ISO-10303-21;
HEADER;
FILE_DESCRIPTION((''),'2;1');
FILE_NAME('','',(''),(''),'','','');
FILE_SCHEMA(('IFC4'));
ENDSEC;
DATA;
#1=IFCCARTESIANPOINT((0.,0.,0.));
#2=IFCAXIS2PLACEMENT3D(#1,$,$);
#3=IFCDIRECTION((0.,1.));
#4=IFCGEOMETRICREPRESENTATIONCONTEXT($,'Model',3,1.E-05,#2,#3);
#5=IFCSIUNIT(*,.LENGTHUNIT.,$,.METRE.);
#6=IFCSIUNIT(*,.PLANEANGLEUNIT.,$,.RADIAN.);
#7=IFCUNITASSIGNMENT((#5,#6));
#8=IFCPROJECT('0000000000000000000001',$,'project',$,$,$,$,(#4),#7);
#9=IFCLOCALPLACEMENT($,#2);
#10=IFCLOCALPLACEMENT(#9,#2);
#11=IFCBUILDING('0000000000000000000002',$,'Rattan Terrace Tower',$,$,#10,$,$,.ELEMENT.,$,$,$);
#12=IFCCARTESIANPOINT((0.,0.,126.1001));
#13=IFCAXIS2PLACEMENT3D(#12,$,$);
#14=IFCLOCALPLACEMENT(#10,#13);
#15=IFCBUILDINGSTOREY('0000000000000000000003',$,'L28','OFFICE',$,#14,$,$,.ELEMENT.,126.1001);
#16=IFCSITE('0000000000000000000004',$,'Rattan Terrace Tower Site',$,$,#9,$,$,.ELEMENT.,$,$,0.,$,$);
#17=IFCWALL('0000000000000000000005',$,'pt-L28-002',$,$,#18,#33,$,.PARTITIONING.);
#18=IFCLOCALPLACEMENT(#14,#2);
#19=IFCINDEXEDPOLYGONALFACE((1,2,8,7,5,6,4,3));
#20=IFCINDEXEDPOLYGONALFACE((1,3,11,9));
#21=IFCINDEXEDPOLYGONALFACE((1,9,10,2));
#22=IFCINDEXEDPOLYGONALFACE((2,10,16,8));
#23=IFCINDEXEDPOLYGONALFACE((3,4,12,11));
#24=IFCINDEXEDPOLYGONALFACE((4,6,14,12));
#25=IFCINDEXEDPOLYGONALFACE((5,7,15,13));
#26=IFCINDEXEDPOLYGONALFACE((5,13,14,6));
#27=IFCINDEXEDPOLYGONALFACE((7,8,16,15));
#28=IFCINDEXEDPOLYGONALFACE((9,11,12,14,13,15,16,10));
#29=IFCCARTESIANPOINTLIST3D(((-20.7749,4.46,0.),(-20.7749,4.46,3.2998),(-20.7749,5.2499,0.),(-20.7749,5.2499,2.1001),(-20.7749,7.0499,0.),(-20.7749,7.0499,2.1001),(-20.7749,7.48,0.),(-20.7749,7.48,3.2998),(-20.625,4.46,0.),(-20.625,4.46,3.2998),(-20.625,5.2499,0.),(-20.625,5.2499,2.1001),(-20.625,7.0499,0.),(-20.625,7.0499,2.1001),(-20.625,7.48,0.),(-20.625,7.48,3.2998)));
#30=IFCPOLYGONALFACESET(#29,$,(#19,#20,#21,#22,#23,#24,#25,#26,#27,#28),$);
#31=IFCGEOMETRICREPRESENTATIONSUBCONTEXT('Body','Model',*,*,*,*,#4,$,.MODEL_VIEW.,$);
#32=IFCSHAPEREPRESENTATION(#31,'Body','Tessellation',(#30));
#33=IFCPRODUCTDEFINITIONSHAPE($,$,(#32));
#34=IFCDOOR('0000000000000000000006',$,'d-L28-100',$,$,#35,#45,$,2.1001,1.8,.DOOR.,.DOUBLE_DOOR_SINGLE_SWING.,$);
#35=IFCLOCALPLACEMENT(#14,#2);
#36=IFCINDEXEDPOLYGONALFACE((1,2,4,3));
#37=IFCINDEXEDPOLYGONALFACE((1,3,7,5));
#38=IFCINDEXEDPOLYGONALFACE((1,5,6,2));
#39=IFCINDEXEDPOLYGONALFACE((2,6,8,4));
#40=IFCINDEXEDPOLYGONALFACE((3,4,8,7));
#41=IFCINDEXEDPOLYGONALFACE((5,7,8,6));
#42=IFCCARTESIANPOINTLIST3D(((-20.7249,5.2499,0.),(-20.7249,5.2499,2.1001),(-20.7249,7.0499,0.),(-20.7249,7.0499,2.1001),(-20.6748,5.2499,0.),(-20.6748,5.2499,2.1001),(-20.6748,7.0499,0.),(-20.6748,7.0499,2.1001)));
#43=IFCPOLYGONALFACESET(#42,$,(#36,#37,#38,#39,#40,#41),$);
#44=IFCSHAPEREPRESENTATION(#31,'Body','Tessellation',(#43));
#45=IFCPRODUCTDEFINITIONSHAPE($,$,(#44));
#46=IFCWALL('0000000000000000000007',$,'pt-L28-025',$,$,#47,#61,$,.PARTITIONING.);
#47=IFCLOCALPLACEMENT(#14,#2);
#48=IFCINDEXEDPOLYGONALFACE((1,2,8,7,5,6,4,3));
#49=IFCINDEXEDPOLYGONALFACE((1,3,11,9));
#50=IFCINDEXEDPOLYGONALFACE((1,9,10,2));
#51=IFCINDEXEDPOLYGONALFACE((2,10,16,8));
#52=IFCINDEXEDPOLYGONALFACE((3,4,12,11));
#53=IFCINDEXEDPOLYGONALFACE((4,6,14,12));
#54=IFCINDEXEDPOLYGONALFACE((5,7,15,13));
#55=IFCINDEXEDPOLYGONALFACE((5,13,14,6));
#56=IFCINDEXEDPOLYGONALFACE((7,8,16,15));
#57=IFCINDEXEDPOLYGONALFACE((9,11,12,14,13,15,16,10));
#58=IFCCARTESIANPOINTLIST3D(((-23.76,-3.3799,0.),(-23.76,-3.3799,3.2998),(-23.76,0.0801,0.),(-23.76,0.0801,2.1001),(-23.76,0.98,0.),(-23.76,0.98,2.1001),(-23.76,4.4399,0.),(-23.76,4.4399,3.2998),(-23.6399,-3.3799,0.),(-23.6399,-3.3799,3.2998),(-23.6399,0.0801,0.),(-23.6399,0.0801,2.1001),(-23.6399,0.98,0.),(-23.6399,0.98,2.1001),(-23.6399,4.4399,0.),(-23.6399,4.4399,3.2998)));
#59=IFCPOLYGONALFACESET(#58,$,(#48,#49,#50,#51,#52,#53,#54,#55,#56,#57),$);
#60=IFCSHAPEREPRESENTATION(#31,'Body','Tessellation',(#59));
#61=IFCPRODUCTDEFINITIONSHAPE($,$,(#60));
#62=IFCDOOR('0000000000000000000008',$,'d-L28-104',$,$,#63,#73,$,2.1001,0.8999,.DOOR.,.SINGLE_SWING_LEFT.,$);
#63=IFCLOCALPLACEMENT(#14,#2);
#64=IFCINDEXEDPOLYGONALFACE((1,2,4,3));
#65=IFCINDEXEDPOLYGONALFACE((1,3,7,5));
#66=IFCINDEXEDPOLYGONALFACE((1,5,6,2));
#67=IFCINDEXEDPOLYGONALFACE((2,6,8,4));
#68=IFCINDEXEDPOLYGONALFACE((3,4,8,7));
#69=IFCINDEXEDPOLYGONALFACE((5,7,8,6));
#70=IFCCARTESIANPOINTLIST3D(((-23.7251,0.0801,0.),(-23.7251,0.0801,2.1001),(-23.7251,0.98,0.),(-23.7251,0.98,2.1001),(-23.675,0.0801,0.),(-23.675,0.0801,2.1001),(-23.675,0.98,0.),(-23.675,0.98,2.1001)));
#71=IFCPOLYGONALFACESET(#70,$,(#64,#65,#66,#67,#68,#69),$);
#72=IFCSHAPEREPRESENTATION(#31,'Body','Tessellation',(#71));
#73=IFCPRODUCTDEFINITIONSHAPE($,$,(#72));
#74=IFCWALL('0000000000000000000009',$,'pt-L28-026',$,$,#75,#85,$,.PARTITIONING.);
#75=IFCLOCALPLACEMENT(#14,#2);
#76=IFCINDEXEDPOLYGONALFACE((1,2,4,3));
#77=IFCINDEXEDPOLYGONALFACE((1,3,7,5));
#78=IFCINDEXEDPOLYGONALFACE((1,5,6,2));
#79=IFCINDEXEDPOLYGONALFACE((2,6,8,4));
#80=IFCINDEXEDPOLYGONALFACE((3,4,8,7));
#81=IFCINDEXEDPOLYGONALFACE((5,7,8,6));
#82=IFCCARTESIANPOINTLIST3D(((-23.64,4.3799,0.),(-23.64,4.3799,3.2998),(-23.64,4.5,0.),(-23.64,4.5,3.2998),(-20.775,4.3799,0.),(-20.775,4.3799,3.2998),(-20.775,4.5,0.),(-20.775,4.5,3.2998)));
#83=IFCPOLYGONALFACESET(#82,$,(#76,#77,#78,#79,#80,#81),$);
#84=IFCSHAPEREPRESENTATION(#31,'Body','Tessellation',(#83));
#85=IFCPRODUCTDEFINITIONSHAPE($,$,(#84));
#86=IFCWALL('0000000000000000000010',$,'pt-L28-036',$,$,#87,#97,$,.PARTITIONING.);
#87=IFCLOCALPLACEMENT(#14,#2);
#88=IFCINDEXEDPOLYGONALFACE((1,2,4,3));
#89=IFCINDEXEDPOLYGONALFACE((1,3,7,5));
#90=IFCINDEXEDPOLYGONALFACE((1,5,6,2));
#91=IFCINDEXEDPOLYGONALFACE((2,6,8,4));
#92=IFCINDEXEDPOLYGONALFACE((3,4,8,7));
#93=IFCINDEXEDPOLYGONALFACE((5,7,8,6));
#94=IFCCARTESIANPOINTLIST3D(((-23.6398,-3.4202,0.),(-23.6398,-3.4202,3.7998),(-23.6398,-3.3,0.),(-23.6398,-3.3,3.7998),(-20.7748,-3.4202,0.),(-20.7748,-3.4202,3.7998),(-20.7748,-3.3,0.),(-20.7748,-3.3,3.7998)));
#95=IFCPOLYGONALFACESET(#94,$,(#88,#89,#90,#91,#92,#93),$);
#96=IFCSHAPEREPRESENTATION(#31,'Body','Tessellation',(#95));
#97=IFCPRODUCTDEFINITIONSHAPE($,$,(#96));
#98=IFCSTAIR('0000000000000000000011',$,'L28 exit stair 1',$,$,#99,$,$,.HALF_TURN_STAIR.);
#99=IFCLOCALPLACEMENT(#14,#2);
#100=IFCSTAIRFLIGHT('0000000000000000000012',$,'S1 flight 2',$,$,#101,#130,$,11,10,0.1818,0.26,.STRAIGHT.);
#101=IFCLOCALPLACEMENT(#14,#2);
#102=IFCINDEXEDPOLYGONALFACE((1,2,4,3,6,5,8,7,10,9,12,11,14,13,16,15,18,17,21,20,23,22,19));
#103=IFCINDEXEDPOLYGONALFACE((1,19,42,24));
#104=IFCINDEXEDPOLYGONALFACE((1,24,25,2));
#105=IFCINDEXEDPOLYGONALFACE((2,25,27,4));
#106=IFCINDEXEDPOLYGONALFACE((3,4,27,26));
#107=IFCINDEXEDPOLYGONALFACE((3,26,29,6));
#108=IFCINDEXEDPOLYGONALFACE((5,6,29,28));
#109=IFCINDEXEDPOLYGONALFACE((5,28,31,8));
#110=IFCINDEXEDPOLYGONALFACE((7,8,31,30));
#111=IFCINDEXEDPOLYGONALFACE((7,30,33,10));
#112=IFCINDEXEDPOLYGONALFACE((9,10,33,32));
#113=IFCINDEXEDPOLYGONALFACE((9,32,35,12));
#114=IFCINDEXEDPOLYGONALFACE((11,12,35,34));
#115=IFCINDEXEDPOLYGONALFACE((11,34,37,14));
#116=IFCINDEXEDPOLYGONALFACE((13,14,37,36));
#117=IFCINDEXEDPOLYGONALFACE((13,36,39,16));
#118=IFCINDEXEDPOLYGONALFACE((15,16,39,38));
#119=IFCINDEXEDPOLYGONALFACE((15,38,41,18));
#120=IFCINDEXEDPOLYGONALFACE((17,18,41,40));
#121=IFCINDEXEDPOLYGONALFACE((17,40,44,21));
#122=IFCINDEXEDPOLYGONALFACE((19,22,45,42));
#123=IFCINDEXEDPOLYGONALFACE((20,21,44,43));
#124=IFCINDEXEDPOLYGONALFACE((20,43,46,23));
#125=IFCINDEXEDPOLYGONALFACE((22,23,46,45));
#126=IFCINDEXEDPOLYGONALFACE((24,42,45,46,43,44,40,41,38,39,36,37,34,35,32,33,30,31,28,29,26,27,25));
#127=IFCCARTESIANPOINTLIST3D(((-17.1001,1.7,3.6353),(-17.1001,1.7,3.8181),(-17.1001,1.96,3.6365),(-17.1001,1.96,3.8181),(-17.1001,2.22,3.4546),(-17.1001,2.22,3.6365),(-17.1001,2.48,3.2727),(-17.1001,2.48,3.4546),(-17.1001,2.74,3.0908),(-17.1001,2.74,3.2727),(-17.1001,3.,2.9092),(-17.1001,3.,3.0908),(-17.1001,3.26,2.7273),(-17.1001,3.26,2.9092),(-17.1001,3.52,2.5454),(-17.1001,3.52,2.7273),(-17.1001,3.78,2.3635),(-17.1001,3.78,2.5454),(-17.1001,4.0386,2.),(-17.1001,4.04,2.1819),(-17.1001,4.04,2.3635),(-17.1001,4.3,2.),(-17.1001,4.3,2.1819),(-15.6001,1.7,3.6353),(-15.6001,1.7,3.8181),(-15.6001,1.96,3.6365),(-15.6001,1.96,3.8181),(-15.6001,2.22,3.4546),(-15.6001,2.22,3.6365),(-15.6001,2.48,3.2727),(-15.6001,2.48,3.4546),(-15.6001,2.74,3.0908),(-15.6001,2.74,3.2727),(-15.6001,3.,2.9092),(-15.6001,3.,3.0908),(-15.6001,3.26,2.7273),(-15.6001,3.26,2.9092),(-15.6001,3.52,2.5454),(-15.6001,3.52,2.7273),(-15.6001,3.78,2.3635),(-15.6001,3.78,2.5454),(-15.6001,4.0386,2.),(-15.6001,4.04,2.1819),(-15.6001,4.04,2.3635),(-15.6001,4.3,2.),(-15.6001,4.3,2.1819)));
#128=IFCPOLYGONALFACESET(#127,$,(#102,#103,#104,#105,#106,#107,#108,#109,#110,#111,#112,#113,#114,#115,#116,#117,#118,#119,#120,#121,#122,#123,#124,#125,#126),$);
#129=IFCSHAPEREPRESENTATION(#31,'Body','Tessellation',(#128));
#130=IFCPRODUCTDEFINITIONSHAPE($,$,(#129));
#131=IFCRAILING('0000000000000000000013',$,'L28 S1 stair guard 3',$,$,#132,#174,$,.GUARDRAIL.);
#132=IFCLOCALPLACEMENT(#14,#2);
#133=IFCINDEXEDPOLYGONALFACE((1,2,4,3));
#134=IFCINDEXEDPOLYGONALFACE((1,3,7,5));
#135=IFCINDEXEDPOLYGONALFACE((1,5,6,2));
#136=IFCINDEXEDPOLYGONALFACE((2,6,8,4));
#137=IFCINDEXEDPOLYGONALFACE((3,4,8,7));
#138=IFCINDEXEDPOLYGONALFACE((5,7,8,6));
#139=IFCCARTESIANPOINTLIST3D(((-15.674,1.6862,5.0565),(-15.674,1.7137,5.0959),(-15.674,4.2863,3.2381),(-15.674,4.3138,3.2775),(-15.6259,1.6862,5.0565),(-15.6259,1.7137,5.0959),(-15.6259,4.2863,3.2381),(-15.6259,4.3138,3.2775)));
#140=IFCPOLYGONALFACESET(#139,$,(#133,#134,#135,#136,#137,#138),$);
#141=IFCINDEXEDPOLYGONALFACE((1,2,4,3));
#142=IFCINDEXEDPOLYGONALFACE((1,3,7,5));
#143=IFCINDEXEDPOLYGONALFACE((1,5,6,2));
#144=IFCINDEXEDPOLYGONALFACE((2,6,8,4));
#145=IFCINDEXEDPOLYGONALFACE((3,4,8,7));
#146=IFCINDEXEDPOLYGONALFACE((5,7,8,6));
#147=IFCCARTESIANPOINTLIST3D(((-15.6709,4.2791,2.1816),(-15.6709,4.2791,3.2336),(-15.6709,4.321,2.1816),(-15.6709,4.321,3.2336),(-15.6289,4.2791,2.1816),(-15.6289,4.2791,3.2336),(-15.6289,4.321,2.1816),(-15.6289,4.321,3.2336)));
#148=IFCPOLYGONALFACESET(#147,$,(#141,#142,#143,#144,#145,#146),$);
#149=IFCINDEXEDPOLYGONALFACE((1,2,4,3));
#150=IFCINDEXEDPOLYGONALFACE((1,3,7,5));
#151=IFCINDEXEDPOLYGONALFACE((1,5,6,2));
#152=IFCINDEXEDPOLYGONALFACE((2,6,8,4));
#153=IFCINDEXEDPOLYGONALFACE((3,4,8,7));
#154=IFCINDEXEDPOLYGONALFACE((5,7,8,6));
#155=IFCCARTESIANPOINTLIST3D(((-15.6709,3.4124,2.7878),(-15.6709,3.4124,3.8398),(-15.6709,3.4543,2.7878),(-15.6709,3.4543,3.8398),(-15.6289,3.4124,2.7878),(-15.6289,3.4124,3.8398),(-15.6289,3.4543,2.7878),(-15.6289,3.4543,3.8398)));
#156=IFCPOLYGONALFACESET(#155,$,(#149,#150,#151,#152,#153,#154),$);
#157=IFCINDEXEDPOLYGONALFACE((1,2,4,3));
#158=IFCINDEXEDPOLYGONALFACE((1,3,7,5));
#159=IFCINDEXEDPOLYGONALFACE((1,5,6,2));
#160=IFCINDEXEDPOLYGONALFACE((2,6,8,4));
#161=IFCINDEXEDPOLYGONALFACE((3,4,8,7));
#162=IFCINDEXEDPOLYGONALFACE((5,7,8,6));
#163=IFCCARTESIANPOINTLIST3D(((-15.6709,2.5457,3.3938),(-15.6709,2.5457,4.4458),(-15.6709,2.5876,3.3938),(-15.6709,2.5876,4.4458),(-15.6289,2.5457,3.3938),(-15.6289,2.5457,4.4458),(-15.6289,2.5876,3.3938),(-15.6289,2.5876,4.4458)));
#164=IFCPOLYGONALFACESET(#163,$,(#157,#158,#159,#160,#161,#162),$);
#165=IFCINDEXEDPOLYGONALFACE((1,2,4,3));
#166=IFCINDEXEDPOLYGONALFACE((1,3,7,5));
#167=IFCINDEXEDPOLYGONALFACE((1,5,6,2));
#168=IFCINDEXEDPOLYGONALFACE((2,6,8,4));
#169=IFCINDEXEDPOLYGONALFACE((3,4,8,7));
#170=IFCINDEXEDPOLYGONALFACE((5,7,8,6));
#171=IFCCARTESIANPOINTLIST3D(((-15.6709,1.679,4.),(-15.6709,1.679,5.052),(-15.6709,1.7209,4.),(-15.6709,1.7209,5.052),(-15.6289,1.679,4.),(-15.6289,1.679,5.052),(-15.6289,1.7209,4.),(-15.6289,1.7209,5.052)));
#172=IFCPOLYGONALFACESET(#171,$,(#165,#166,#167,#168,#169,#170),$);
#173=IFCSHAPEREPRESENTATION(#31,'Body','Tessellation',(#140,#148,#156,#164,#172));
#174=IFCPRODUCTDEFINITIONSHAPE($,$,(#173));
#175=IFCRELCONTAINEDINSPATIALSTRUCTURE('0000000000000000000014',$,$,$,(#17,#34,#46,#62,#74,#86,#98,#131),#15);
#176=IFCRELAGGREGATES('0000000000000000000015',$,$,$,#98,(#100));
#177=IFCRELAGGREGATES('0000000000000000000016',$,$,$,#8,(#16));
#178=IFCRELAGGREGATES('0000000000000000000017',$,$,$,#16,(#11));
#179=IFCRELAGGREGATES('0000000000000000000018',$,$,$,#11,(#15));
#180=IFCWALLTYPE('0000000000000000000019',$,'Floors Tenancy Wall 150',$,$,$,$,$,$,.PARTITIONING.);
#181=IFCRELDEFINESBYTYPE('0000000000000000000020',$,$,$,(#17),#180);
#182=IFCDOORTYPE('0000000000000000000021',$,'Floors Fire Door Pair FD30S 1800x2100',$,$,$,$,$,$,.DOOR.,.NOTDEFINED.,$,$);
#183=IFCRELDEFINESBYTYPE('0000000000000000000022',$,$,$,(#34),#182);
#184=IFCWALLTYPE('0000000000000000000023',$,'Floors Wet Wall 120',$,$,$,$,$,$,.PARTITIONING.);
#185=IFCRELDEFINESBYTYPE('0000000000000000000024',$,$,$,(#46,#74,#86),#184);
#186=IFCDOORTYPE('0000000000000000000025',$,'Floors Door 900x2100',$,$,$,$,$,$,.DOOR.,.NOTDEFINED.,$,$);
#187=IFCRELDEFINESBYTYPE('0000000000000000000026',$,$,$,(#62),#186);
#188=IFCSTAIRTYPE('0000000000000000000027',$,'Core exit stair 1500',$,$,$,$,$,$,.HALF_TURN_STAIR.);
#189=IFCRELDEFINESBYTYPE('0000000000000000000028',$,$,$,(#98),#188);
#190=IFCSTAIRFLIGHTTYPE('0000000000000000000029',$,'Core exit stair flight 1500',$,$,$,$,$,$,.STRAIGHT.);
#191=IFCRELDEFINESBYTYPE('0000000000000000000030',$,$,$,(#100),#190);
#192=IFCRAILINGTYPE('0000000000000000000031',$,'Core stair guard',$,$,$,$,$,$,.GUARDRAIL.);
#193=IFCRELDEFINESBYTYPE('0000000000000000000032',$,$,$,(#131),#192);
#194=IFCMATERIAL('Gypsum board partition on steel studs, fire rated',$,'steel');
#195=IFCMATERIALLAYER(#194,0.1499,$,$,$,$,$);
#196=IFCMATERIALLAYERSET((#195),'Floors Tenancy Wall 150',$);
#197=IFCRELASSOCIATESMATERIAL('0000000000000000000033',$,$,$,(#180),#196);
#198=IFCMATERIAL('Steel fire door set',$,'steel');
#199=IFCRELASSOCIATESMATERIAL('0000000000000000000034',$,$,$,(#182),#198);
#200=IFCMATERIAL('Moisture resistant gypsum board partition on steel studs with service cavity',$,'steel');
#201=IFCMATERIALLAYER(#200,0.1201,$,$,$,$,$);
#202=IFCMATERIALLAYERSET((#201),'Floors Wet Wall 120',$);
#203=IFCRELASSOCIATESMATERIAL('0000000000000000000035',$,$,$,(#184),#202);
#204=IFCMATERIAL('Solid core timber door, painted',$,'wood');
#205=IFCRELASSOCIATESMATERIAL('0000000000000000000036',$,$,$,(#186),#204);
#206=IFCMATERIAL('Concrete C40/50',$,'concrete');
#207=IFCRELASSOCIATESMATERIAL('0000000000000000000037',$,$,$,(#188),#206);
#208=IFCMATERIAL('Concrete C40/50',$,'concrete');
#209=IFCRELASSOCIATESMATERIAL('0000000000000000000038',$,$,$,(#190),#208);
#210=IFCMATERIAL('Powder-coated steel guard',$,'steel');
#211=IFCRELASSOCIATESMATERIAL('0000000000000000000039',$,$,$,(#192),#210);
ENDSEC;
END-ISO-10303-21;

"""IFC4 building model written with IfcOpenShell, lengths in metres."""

from ifc_helpers import new_model, si_unit, direction, frame, frame_2d, origin, origin_2d, place, context, subcontext, project, spatial, polyline, rectangle, outline, extrude, material, layer, layer_set, type_object, element, fill, aggregate, save


model = new_model("IFC4")

# Units and contexts
model_context = context("Model", 3, precision=1e-05, world=origin(), true_north=direction((0.0, 1.0)))
body_context = subcontext(model_context, "Body", "Model", "MODEL_VIEW")
ifc_project = project(units=[si_unit("LENGTHUNIT", "METRE"), si_unit("PLANEANGLEUNIT", "RADIAN")], contexts=[model_context])

# Site, building, storey
site_placement = place(None, origin())
site = spatial("IfcSite", under=ifc_project, at=site_placement, Name="Rattan Terrace Tower Site", CompositionType="ELEMENT", RefElevation=0.0)
building_placement = place(site_placement, origin())
building = spatial("IfcBuilding", under=site, at=building_placement, Name="Rattan Terrace Tower", CompositionType="ELEMENT")
storey_placement = place(building_placement, frame((0.0, 0.0, 126.1001)))
storey = spatial("IfcBuildingStorey", under=building, at=storey_placement, Name="L28", Description="OFFICE", CompositionType="ELEMENT", Elevation=126.1001)

# Walls, openings, doors
ifc_material_1 = material(Name="Gypsum board partition on steel studs, fire rated", Category="steel")
ifc_layer_1 = layer(ifc_material_1, 0.1499)
ifc_layer_set_1 = layer_set([ifc_layer_1], Name="Floors Tenancy Wall 150")
wall_type_1 = type_object("IfcWallType", Name="Floors Tenancy Wall 150", PredefinedType="PARTITIONING", material=ifc_layer_set_1)
wall_1_placement = place(storey_placement, frame((-20.7, 4.46, 0.0), z_axis=(0.0, 0.0, 1.0), x_axis=(0.0, 1.0, 0.0)))
wall_1 = element("IfcWall", 1, at=wall_1_placement, inside=storey, type_object=wall_type_1, Name="pt-L28-002", PredefinedType="PARTITIONING", context=body_context, shape_type="SweptSolid", body=[
    extrude(rectangle(XDim=3.02, YDim=0.1499, at=frame_2d((1.51, 0.0))), origin(), (0.0, 0.0, 1.0), 3.2998),
])
opening_1_placement = place(wall_1_placement, frame((0.79, 0.0, 0.0)))
opening_1 = element("IfcOpeningElement", 2, at=opening_1_placement, cuts=wall_1, PredefinedType="OPENING", context=body_context, shape_type="SweptSolid", body=[
    extrude(rectangle(XDim=1.8, YDim=2.1001, at=frame_2d((0.8999, 1.05))), frame((0.0, 0.0854, 0.0), z_axis=(0.0, -1.0, 0.0), x_axis=(1.0, 0.0, 0.0)), (0.0, 0.0, 1.0), 0.1709),
])
ifc_material_2 = material(Name="Steel fire door set", Category="steel")
door_type_1 = type_object("IfcDoorType", Name="Floors Fire Door Pair FD30S 1800x2100", OperationType="NOTDEFINED", PredefinedType="DOOR", material=ifc_material_2)
door_1_placement = place(opening_1_placement, origin())
door_1 = element("IfcDoor", 3, at=door_1_placement, inside=storey, type_object=door_type_1, Name="d-L28-100", OperationType="DOUBLE_DOOR_SINGLE_SWING", OverallHeight=2.1001, OverallWidth=1.8, PredefinedType="DOOR", context=body_context, shape_type="SweptSolid", body=[
    extrude(rectangle(XDim=1.8, YDim=2.1001, at=frame_2d((0.8999, 1.05))), frame((0.0, 0.0249, 0.0), z_axis=(0.0, -1.0, 0.0), x_axis=(1.0, 0.0, 0.0)), (0.0, 0.0, 1.0), 0.05),
])
fill(opening_1, door_1)
ifc_material_3 = material(Name="Moisture resistant gypsum board partition on steel studs with service cavity", Category="steel")
ifc_layer_2 = layer(ifc_material_3, 0.1201)
ifc_layer_set_2 = layer_set([ifc_layer_2], Name="Floors Wet Wall 120")
wall_type_2 = type_object("IfcWallType", Name="Floors Wet Wall 120", PredefinedType="PARTITIONING", material=ifc_layer_set_2)
wall_2_placement = place(storey_placement, frame((-23.7, 4.4399, 0.0), z_axis=(0.0, 0.0, 1.0), x_axis=(0.0, -1.0, 0.0)))
wall_2 = element("IfcWall", 4, at=wall_2_placement, inside=storey, type_object=wall_type_2, Name="pt-L28-025", PredefinedType="PARTITIONING", context=body_context, shape_type="SweptSolid", body=[
    extrude(rectangle(XDim=7.8198, YDim=0.1201, at=frame_2d((3.9099, 0.0))), origin(), (0.0, 0.0, 1.0), 3.2998),
])
opening_2_placement = place(wall_2_placement, frame((3.46, 0.0, 0.0)))
opening_2 = element("IfcOpeningElement", 5, at=opening_2_placement, cuts=wall_2, PredefinedType="OPENING", context=body_context, shape_type="SweptSolid", body=[
    extrude(rectangle(XDim=0.8999, YDim=2.1001, at=frame_2d((0.45, 1.05))), frame((0.0, 0.0706, 0.0), z_axis=(0.0, -1.0, 0.0), x_axis=(1.0, 0.0, 0.0)), (0.0, 0.0, 1.0), 0.1411),
])
ifc_material_4 = material(Name="Solid core timber door, painted", Category="wood")
door_type_2 = type_object("IfcDoorType", Name="Floors Door 900x2100", OperationType="NOTDEFINED", PredefinedType="DOOR", material=ifc_material_4)
door_2_placement = place(opening_2_placement, origin())
door_2 = element("IfcDoor", 6, at=door_2_placement, inside=storey, type_object=door_type_2, Name="d-L28-104", OperationType="SINGLE_SWING_LEFT", OverallHeight=2.1001, OverallWidth=0.8999, PredefinedType="DOOR", context=body_context, shape_type="SweptSolid", body=[
    extrude(rectangle(XDim=0.8999, YDim=2.1001, at=frame_2d((0.45, 1.05))), frame((0.0, 0.0249, 0.0), z_axis=(0.0, -1.0, 0.0), x_axis=(1.0, 0.0, 0.0)), (0.0, 0.0, 1.0), 0.05),
])
fill(opening_2, door_2)

# Walls
wall_3_placement = place(storey_placement, frame((-20.7749, 4.4399, 0.0), z_axis=(0.0, 0.0, 1.0), x_axis=(-1.0, 0.0, 0.0)))
element("IfcWall", 7, at=wall_3_placement, inside=storey, type_object=wall_type_2, Name="pt-L28-026", PredefinedType="PARTITIONING", context=body_context, shape_type="SweptSolid", body=[
    extrude(rectangle(XDim=2.865, YDim=0.1201, at=frame_2d((1.4326, 0.0))), origin(), (0.0, 0.0, 1.0), 3.2998),
])
wall_4_placement = place(storey_placement, frame((-23.6399, -3.3601, 0.0), z_axis=(0.0, 0.0, 1.0), x_axis=(1.0, 0.0, 0.0)))
element("IfcWall", 8, at=wall_4_placement, inside=storey, type_object=wall_type_2, Name="pt-L28-036", PredefinedType="PARTITIONING", context=body_context, shape_type="SweptSolid", body=[
    extrude(rectangle(XDim=2.865, YDim=0.1201, at=frame_2d((1.4326, 0.0))), origin(), (0.0, 0.0, 1.0), 3.7998),
])

# Stair, stair flight
ifc_material_5 = material(Name="Concrete C40/50", Category="concrete")
stair_type = type_object("IfcStairType", Name="Core exit stair 1500", PredefinedType="HALF_TURN_STAIR", material=ifc_material_5)
stair_placement = place(storey_placement, origin())
stair = element("IfcStair", 9, at=stair_placement, inside=storey, type_object=stair_type, Name="L28 exit stair 1", PredefinedType="HALF_TURN_STAIR")
ifc_material_6 = material(Name="Concrete C40/50", Category="concrete")
stair_flight_type = type_object("IfcStairFlightType", Name="Core exit stair flight 1500", PredefinedType="STRAIGHT", material=ifc_material_6)
stair_flight_placement = place(storey_placement, frame((-16.3501, 4.3, 2.0), z_axis=(0.0, 0.0, 1.0), x_axis=(0.0, -1.0, 0.0)))
stair_flight = element("IfcStairFlight", 10, at=stair_flight_placement, type_object=stair_flight_type, Name="S1 flight 2", NumberOfRisers=11, NumberOfTreads=10, PredefinedType="STRAIGHT", RiserHeight=0.1818, TreadLength=0.26, context=body_context, shape_type="SweptSolid", body=[
    extrude(outline(polyline([(0.0, 0.0), (0.0, 0.1819), (0.26, 0.1819), (0.26, 0.3635), (0.52, 0.3635), (0.52, 0.5454), (0.78, 0.5454), (0.78, 0.7273), (1.04, 0.7273), (1.04, 0.9092), (1.3, 0.9092), (1.3, 1.0908), (1.5601, 1.0908), (1.5601, 1.2727), (1.8201, 1.2727), (1.8201, 1.4546), (2.0801, 1.4546), (2.0801, 1.6365), (2.3401, 1.6365), (2.3401, 1.8181), (2.6001, 1.8181), (2.6001, 2.0), (2.6001, 1.6353), (0.2615, 0.0), (0.0, 0.0)])), frame((0.0, 0.75, 0.0), z_axis=(0.0, -1.0, 0.0), x_axis=(1.0, 0.0, 0.0)), (0.0, 0.0, 1.0), 1.5),
])
aggregate(stair, [stair_flight])

# Railing
ifc_material_7 = material(Name="Powder-coated steel guard", Category="steel")
railing_type_1 = type_object("IfcRailingType", Name="Core stair guard", PredefinedType="GUARDRAIL", material=ifc_material_7)
railing_1_placement = place(storey_placement, frame((-15.6499, 4.3, 2.1816)))
element("IfcRailing", 11, at=railing_1_placement, inside=storey, type_object=railing_type_1, Name="L28 S1 stair guard 3", PredefinedType="GUARDRAIL", context=body_context, shape_type="SweptSolid", body=[
    extrude(rectangle(XDim=0.0481, YDim=0.0481, at=origin_2d()), frame((0.0, 0.0, 1.0762), z_axis=(0.0, -0.819485, 0.573101), x_axis=(1.0, 0.0, 0.0)), (0.0, 0.0, 1.0), 3.1729),
    extrude(rectangle(XDim=0.042, YDim=0.042, at=origin_2d()), origin(), (0.0, 0.0, 1.0), 1.052),
    extrude(rectangle(XDim=0.042, YDim=0.042, at=origin_2d()), frame((0.0, -0.8667, 0.6062)), (0.0, 0.0, 1.0), 1.052),
    extrude(rectangle(XDim=0.042, YDim=0.042, at=origin_2d()), frame((0.0, -1.7334, 1.2122)), (0.0, 0.0, 1.0), 1.052),
    extrude(rectangle(XDim=0.042, YDim=0.042, at=origin_2d()), frame((0.0, -2.6001, 1.8184)), (0.0, 0.0, 1.0), 1.052),
])

save(model, "model.ifc")
